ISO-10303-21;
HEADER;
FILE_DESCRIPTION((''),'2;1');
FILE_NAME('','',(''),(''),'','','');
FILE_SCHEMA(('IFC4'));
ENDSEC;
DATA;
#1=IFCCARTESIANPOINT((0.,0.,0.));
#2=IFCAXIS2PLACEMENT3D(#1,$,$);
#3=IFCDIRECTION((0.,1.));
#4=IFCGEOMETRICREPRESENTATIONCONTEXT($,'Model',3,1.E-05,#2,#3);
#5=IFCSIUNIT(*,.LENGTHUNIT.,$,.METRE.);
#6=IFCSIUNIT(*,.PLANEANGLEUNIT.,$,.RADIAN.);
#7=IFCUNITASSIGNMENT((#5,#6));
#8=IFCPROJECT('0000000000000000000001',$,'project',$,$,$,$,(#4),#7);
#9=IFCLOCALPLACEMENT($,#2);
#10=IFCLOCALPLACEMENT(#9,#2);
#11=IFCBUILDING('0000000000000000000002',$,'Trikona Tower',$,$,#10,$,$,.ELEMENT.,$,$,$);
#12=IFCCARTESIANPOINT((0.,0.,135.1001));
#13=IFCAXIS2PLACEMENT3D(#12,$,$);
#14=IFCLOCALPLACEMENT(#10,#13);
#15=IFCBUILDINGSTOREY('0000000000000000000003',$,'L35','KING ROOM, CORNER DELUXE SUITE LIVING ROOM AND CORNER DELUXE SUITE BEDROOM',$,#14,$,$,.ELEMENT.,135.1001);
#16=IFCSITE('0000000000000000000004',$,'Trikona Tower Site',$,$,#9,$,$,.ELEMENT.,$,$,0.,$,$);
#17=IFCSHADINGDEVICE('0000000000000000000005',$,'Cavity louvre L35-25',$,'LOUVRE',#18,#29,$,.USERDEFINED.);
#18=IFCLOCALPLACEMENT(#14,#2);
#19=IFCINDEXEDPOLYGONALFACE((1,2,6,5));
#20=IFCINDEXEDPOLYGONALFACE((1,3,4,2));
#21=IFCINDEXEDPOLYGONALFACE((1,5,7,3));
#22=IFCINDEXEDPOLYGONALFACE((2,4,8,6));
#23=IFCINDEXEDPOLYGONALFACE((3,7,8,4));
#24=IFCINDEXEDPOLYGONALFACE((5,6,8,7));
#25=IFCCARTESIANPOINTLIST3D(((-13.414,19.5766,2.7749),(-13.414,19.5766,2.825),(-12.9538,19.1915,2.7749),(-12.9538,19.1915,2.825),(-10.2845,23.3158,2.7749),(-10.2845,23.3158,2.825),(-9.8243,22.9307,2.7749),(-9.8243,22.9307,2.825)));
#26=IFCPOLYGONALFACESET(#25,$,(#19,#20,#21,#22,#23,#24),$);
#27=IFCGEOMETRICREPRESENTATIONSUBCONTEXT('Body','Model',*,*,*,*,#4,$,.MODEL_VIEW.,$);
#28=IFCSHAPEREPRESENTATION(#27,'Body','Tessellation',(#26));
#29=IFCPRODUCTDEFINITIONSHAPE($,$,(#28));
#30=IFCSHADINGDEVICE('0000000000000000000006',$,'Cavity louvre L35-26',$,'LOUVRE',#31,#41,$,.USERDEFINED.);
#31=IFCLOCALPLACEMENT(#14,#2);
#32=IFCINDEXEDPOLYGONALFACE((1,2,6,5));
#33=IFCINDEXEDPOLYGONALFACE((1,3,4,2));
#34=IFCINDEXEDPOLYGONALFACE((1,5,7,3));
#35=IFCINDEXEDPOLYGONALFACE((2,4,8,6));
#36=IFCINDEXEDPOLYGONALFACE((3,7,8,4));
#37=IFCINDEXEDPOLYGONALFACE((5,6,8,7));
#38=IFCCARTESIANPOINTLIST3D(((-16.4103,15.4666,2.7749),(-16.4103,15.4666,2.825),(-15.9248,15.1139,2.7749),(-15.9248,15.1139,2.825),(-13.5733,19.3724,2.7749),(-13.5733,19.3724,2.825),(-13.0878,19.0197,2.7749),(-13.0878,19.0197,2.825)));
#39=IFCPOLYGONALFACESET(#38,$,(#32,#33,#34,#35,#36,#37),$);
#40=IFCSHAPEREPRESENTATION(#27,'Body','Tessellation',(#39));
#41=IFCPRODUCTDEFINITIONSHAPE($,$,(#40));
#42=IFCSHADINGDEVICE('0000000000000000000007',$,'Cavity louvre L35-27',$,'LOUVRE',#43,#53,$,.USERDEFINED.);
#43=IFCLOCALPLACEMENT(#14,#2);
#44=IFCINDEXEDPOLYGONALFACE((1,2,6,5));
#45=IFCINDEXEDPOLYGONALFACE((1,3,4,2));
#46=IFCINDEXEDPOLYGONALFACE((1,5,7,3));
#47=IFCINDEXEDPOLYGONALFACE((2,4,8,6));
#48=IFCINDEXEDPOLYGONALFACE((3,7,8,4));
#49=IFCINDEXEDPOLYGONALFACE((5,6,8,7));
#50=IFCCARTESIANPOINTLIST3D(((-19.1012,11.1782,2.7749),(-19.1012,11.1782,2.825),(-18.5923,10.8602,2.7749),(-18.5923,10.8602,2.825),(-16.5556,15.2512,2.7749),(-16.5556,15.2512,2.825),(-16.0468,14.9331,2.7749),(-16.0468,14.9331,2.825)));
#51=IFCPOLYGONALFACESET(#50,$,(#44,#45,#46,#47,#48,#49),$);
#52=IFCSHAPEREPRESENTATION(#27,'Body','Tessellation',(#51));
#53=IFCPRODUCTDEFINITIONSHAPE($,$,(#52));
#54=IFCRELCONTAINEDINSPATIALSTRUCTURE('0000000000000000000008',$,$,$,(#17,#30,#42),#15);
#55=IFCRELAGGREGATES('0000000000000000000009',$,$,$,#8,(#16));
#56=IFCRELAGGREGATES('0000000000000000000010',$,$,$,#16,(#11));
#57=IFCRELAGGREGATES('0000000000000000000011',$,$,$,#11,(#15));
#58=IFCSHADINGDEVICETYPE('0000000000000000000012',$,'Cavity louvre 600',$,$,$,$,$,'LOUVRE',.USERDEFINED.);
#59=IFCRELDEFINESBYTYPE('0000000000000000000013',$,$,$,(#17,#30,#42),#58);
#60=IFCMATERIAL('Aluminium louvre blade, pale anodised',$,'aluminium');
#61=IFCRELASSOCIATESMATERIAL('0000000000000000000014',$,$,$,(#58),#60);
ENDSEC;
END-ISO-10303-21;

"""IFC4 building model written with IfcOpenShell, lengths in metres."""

from ifc_helpers import new_model, si_unit, direction, frame, origin, origin_2d, place, context, subcontext, project, spatial, rectangle, extrude, material, type_object, element, save


model = new_model("IFC4")

# Units and contexts
model_context = context("Model", 3, precision=1e-05, world=origin(), true_north=direction((0.0, 1.0)))
body_context = subcontext(model_context, "Body", "Model", "MODEL_VIEW")
ifc_project = project(units=[si_unit("LENGTHUNIT", "METRE"), si_unit("PLANEANGLEUNIT", "RADIAN")], contexts=[model_context])

# Site, building, storey
site_placement = place(None, origin())
site = spatial("IfcSite", under=ifc_project, at=site_placement, Name="Trikona Tower Site", CompositionType="ELEMENT", RefElevation=0.0)
building_placement = place(site_placement, origin())
building = spatial("IfcBuilding", under=site, at=building_placement, Name="Trikona Tower", CompositionType="ELEMENT")
storey_placement = place(building_placement, frame((0.0, 0.0, 135.1001)))
storey = spatial("IfcBuildingStorey", under=building, at=storey_placement, Name="L35", Description="KING ROOM, CORNER DELUXE SUITE LIVING ROOM AND CORNER DELUXE SUITE BEDROOM", CompositionType="ELEMENT", Elevation=135.1001)

# Shading devices
ifc_material_1 = material(Name="Aluminium louvre blade, pale anodised", Category="aluminium")
shading_device_type = type_object("IfcShadingDeviceType", Name="Cavity louvre 600", ElementType="LOUVRE", PredefinedType="USERDEFINED", material=ifc_material_1)
shading_device_1_placement = place(storey_placement, frame((-11.6191, 21.2537, 2.7749), z_axis=(0.0, 0.0, 1.0), x_axis=(-0.641807, -0.766866, 0.0)))
element("IfcShadingDevice", 1, at=shading_device_1_placement, inside=storey, type_object=shading_device_type, Name="Cavity louvre L35-25", ObjectType="LOUVRE", PredefinedType="USERDEFINED", context=body_context, shape_type="SweptSolid", body=[
    extrude(rectangle(XDim=4.876, YDim=0.6001, at=origin_2d()), origin(), (0.0, 0.0, 1.0), 0.05),
])
shading_device_2_placement = place(storey_placement, frame((-14.749, 17.2432, 2.7749), z_axis=(0.0, 0.0, 1.0), x_axis=(-0.587686, -0.809089, 0.0)))
element("IfcShadingDevice", 2, at=shading_device_2_placement, inside=storey, type_object=shading_device_type, Name="Cavity louvre L35-26", ObjectType="LOUVRE", PredefinedType="USERDEFINED", context=body_context, shape_type="SweptSolid", body=[
    extrude(rectangle(XDim=4.8274, YDim=0.6001, at=origin_2d()), origin(), (0.0, 0.0, 1.0), 0.05),
])
shading_device_3_placement = place(storey_placement, frame((-17.574, 13.0557, 2.7749), z_axis=(0.0, 0.0, 1.0), x_axis=(-0.529995, -0.848001, 0.0)))
element("IfcShadingDevice", 3, at=shading_device_3_placement, inside=storey, type_object=shading_device_type, Name="Cavity louvre L35-27", ObjectType="LOUVRE", PredefinedType="USERDEFINED", context=body_context, shape_type="SweptSolid", body=[
    extrude(rectangle(XDim=4.803, YDim=0.6001, at=origin_2d()), origin(), (0.0, 0.0, 1.0), 0.05),
])

save(model, "model.ifc")
